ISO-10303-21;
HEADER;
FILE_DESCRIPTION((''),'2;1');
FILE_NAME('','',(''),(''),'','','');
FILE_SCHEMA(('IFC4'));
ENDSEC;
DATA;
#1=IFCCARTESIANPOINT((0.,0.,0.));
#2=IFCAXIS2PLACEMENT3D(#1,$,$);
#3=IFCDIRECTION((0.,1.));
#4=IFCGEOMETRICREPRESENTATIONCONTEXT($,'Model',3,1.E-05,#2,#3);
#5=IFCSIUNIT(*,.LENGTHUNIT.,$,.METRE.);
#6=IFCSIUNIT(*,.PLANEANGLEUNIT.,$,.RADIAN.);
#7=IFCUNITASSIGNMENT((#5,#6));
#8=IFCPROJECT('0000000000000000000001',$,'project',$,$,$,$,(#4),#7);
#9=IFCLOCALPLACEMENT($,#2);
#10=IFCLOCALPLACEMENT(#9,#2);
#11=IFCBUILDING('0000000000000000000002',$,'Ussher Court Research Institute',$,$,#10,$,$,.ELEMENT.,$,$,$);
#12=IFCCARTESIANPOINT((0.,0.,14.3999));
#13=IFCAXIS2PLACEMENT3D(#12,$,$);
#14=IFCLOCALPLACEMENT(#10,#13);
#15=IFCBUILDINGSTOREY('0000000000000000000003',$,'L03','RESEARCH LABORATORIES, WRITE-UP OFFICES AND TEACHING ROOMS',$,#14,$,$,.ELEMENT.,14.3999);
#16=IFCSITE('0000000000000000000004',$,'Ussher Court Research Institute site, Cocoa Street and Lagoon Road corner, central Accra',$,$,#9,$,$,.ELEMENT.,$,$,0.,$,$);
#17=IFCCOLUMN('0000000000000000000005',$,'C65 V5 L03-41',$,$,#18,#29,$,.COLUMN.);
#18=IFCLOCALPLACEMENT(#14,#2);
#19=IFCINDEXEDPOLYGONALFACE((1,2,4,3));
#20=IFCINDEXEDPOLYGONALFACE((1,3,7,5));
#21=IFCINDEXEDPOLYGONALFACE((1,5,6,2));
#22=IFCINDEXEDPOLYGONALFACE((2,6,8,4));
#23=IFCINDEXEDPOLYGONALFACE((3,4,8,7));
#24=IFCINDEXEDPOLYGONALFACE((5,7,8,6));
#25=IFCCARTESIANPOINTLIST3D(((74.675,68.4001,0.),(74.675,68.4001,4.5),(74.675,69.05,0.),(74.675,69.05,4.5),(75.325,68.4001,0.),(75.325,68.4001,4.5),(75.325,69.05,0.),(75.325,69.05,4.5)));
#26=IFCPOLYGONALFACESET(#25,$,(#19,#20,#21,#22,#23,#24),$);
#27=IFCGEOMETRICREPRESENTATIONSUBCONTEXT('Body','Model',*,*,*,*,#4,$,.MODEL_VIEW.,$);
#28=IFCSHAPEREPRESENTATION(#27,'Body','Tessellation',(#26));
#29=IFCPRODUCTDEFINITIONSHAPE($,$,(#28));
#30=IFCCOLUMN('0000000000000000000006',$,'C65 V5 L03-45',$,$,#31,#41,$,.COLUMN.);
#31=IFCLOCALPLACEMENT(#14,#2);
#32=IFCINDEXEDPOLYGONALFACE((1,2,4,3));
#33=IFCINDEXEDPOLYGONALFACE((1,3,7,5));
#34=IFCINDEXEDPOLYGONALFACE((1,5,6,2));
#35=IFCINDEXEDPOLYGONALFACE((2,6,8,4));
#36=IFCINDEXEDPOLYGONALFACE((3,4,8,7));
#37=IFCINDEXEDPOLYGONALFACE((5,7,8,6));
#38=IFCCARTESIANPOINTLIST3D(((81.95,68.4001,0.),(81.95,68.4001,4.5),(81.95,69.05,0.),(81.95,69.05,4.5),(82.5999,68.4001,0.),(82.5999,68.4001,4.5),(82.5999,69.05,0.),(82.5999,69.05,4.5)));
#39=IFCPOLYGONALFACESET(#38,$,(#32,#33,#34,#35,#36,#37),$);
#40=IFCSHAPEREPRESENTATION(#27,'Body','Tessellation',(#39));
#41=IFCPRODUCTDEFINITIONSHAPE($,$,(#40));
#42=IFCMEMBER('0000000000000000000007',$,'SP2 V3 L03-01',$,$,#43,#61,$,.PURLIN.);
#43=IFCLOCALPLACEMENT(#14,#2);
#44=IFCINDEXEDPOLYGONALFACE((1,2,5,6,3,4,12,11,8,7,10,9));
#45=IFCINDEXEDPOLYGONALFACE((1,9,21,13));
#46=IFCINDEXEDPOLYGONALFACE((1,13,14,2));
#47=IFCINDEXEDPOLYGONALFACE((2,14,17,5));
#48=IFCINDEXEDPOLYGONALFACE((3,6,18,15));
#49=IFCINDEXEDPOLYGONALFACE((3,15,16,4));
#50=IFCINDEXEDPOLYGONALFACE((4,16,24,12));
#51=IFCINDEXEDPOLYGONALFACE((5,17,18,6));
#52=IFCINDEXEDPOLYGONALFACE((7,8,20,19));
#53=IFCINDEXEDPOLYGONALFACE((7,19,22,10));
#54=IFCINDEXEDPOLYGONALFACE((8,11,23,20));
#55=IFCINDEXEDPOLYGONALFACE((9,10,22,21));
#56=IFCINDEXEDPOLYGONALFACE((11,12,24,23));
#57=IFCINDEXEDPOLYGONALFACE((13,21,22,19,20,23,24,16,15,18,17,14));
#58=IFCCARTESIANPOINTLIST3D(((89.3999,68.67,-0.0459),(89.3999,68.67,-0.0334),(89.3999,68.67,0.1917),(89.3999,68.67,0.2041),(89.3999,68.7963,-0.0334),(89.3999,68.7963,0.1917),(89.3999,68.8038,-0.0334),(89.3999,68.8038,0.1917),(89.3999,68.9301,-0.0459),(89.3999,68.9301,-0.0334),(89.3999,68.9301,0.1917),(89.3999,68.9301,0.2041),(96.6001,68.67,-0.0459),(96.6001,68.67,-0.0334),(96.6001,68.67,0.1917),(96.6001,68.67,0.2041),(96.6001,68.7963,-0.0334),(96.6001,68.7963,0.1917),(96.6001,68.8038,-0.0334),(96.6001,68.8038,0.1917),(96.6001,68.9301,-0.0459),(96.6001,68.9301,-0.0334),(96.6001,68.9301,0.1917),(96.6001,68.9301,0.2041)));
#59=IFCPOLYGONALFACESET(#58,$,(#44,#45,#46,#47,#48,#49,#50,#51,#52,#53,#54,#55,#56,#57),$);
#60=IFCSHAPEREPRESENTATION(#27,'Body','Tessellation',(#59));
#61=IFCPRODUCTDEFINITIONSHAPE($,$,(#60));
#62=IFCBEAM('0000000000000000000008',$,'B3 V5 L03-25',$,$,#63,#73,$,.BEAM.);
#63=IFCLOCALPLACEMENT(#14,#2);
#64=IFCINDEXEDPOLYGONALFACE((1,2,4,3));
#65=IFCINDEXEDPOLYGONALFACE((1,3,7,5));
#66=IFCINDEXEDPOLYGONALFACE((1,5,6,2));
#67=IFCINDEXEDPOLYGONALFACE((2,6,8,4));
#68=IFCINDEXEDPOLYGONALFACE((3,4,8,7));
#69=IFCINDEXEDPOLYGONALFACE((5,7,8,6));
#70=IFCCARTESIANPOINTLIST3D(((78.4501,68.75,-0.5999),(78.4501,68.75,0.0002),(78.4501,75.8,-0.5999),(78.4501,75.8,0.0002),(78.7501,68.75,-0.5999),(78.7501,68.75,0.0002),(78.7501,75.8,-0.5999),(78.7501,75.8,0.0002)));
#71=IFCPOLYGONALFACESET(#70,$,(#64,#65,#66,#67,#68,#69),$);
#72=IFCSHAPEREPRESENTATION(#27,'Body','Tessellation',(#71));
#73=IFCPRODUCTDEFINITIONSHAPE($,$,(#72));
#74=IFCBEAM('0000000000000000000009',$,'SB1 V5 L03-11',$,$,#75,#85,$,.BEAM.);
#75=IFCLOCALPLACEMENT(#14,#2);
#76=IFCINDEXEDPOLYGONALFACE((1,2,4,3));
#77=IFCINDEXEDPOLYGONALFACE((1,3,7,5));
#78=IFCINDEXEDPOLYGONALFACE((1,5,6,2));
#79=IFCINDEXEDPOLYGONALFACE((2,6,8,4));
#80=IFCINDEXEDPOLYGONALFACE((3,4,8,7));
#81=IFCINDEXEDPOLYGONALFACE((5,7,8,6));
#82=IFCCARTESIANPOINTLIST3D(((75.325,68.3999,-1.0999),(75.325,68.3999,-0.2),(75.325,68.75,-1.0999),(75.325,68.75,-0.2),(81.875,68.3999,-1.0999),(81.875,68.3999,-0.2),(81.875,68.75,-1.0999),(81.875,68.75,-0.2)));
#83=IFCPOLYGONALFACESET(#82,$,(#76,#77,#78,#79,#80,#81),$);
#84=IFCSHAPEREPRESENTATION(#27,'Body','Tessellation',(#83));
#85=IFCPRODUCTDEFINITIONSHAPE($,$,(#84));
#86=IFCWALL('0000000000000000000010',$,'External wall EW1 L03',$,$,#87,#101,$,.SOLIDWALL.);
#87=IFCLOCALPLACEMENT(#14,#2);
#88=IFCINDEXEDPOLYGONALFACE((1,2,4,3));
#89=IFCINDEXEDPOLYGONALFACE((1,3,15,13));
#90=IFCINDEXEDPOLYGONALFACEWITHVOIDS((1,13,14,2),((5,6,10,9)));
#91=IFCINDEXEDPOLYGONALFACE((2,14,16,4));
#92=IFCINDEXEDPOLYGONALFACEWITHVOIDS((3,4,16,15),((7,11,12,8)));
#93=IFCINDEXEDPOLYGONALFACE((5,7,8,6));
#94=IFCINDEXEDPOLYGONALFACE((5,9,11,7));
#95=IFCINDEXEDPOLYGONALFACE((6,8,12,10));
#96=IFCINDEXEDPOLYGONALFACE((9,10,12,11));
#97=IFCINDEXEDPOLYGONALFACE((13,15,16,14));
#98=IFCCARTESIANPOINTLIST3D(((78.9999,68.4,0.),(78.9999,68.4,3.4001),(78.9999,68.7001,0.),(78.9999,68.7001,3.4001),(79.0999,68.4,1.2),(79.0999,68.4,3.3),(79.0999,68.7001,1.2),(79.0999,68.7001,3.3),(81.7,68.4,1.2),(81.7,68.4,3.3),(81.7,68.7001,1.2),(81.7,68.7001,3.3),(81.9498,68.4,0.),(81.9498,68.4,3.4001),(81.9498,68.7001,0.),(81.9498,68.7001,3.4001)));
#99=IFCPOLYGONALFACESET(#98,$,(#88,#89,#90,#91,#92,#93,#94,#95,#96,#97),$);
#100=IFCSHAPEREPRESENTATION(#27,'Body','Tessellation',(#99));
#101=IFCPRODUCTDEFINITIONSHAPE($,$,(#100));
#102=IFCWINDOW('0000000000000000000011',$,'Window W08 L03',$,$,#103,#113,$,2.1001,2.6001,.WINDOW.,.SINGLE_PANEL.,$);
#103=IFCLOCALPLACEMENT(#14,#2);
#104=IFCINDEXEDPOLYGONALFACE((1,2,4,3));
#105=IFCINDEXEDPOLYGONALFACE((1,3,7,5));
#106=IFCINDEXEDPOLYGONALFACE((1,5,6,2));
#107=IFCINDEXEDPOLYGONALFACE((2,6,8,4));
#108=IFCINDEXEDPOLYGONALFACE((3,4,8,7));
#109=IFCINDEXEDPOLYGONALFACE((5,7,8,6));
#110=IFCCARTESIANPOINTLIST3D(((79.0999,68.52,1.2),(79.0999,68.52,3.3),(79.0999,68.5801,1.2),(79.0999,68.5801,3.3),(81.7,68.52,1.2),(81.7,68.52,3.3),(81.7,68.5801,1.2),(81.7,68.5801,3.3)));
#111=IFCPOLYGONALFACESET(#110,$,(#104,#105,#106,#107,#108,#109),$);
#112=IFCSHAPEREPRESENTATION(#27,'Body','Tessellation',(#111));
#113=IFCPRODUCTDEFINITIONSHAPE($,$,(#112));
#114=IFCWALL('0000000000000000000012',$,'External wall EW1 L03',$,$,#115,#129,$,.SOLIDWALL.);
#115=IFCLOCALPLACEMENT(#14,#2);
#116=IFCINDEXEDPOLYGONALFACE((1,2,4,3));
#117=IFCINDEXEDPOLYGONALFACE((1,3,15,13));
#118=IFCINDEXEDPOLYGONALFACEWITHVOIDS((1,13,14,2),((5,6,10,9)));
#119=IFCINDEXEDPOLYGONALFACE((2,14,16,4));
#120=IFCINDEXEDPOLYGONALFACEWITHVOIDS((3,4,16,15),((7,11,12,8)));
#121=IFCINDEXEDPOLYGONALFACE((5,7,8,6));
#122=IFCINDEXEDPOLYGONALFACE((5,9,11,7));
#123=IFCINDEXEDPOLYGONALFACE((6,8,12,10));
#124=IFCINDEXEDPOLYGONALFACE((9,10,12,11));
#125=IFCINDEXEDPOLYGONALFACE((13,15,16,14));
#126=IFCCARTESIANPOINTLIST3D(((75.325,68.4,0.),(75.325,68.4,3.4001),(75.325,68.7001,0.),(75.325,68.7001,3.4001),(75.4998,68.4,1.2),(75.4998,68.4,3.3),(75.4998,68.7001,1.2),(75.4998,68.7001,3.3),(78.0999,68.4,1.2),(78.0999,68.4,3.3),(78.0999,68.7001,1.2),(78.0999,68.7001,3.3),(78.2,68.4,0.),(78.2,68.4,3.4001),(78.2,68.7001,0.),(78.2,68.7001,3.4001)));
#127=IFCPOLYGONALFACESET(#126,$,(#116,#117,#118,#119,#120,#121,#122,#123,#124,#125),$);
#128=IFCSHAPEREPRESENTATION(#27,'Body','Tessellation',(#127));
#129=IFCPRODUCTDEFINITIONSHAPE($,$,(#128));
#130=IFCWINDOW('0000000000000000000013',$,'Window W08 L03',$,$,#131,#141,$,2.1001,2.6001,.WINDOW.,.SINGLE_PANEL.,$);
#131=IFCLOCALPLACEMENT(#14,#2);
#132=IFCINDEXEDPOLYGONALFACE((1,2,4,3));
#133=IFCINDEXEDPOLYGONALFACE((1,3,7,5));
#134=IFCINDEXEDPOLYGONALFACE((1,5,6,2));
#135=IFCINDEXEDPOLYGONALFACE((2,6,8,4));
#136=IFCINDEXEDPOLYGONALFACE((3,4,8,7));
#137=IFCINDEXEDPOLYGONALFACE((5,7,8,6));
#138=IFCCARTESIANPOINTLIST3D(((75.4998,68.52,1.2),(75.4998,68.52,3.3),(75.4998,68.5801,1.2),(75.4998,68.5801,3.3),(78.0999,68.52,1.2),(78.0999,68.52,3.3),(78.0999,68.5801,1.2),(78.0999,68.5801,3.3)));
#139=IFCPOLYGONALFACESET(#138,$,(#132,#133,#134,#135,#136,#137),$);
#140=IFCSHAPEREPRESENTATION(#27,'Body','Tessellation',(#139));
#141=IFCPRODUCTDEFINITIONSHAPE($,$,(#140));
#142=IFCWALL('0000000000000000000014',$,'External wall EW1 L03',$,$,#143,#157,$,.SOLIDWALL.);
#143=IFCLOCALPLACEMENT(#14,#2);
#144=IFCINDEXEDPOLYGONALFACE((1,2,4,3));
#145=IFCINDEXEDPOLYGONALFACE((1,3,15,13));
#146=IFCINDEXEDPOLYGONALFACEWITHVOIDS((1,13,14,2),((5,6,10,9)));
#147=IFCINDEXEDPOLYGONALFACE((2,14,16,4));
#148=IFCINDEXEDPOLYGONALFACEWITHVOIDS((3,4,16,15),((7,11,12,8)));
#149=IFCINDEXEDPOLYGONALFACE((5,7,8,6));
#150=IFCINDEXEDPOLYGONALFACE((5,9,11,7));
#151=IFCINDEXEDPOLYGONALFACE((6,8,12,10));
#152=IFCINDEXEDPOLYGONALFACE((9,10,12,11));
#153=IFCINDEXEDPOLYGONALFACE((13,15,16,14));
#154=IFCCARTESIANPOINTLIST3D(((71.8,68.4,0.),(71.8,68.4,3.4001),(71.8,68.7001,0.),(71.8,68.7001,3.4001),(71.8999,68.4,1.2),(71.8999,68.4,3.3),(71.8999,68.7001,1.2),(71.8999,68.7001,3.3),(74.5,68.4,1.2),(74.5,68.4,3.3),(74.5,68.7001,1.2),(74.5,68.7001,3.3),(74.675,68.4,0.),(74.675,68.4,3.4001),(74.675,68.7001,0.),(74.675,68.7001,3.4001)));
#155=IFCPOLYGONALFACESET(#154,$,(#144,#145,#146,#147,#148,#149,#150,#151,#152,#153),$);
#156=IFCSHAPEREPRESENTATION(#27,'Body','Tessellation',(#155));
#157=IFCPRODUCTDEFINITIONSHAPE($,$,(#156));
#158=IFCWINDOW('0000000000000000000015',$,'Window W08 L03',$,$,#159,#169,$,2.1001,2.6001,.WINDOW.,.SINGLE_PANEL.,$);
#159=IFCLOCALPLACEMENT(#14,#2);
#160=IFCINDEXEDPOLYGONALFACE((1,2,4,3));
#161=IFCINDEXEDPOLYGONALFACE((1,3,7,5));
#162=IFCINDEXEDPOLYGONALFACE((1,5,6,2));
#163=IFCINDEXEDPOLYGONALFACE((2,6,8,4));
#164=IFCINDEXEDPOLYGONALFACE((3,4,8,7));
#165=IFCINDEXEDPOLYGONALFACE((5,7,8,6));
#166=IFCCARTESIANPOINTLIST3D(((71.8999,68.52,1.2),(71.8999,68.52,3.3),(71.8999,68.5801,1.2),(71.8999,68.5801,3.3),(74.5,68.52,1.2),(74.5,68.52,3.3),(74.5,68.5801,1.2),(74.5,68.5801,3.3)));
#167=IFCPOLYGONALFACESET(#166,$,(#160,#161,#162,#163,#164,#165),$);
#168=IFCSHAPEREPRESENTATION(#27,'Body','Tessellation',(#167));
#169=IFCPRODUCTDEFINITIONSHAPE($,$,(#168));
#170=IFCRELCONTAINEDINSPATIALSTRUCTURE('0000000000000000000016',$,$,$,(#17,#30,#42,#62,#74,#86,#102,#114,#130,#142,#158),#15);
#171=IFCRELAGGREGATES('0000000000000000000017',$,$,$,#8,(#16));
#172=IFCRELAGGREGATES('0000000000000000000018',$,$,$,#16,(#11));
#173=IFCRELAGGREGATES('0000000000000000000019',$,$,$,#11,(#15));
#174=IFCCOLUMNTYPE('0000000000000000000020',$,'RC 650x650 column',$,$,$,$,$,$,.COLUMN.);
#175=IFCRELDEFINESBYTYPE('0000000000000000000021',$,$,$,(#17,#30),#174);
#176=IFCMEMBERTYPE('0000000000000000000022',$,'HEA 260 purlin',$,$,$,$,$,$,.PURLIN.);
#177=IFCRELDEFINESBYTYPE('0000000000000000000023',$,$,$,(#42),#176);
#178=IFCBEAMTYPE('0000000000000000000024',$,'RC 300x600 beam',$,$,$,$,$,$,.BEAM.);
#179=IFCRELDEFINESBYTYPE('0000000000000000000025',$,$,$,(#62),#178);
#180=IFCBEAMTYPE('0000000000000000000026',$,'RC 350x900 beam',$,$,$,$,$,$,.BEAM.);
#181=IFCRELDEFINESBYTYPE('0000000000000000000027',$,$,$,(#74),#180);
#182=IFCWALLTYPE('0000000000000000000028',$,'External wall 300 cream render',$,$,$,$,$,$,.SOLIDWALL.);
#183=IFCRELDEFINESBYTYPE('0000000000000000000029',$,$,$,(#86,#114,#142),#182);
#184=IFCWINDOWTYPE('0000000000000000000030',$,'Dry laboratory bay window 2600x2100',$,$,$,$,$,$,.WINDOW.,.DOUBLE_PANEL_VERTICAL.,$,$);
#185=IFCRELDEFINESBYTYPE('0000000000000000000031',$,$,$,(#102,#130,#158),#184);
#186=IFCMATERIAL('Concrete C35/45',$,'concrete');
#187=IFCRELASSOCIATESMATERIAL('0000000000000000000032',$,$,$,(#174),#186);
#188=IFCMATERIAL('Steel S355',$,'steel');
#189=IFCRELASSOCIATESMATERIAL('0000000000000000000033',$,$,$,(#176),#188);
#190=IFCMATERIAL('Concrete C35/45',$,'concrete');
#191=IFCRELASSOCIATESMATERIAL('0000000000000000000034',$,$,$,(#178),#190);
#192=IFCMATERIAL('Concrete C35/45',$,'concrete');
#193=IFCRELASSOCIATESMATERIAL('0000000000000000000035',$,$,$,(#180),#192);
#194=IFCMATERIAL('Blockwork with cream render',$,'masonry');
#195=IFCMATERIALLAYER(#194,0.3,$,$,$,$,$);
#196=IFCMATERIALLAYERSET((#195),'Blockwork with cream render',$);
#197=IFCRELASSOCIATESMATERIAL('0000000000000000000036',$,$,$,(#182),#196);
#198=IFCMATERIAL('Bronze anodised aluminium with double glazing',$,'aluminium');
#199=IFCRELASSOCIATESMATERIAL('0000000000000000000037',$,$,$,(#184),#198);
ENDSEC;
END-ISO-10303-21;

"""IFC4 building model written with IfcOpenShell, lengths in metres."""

from ifc_helpers import new_model, si_unit, direction, frame, frame_2d, origin, origin_2d, place, context, subcontext, project, spatial, rectangle, i_section, extrude, material, layer, layer_set, material_profile, profile_set, type_object, element, fill, save


model = new_model("IFC4")

# Units and contexts
model_context = context("Model", 3, precision=1e-05, world=origin(), true_north=direction((0.0, 1.0)))
body_context = subcontext(model_context, "Body", "Model", "MODEL_VIEW")
ifc_project = project(units=[si_unit("LENGTHUNIT", "METRE"), si_unit("PLANEANGLEUNIT", "RADIAN")], contexts=[model_context])

# Site, building, storey
site_placement = place(None, origin())
site = spatial("IfcSite", under=ifc_project, at=site_placement, Name="Ussher Court Research Institute site, Cocoa Street and Lagoon Road corner, central Accra", CompositionType="ELEMENT", RefElevation=0.0)
building_placement = place(site_placement, origin())
building = spatial("IfcBuilding", under=site, at=building_placement, Name="Ussher Court Research Institute", CompositionType="ELEMENT")
storey_placement = place(building_placement, frame((0.0, 0.0, 14.3999)))
storey = spatial("IfcBuildingStorey", under=building, at=storey_placement, Name="L03", Description="RESEARCH LABORATORIES, WRITE-UP OFFICES AND TEACHING ROOMS", CompositionType="ELEMENT", Elevation=14.3999)

# Columns
ifc_material_1 = material(Name="Concrete C35/45", Category="concrete")
ifc_material_profile_1 = material_profile(ifc_material_1, rectangle(XDim=0.6499, YDim=0.6499, at=origin_2d()), Name="RC 650x650")
ifc_profile_set_1 = profile_set([ifc_material_profile_1], Name="Concrete C35/45")
column_type = type_object("IfcColumnType", Name="RC 650x650 column", PredefinedType="COLUMN", material=ifc_profile_set_1)
for number, where, z_axis, x_axis, name in (
    (1, (75.0, 68.7251, 0.0), (0.0, 0.0, 1.0), (1.0, 0.0, 0.0), "C65 V5 L03-41"),
    (2, (82.2749, 68.7251, 0.0), (0.0, 0.0, 1.0), (1.0, 0.0, 0.0), "C65 V5 L03-45"),
):
    element("IfcColumn", number, at=place(storey_placement, frame(where, z_axis=z_axis, x_axis=x_axis)), inside=storey, type_object=column_type, Name=name, PredefinedType="COLUMN", context=body_context, shape_type="SweptSolid", body=[
        extrude(rectangle(XDim=0.6499, YDim=0.6499, at=origin_2d()), origin(), (0.0, 0.0, 1.0), 4.5),
    ])

# Member
ifc_material_2 = material(Name="Steel S355", Category="steel")
ifc_material_profile_2 = material_profile(ifc_material_2, i_section(OverallWidth=0.26, OverallDepth=0.25, WebThickness=0.0076, FlangeThickness=0.0125, at=origin_2d()), Name="HEA 260")
ifc_profile_set_2 = profile_set([ifc_material_profile_2], Name="Steel S355")
member_type = type_object("IfcMemberType", Name="HEA 260 purlin", PredefinedType="PURLIN", material=ifc_profile_set_2)
member_placement = place(storey_placement, frame((89.3999, 68.8, 0.0791), z_axis=(1.0, 0.0, 0.0), x_axis=(0.0, 1.0, 0.0)))
element("IfcMember", 3, at=member_placement, inside=storey, type_object=member_type, Name="SP2 V3 L03-01", PredefinedType="PURLIN", context=body_context, shape_type="SweptSolid", body=[
    extrude(i_section(OverallWidth=0.26, OverallDepth=0.25, WebThickness=0.0076, FlangeThickness=0.0125, at=origin_2d()), origin(), (0.0, 0.0, 1.0), 7.2002),
])

# Beams
ifc_material_3 = material(Name="Concrete C35/45", Category="concrete")
ifc_material_profile_3 = material_profile(ifc_material_3, rectangle(XDim=0.3, YDim=0.6001, at=origin_2d()), Name="RC 300x600")
ifc_profile_set_3 = profile_set([ifc_material_profile_3], Name="Concrete C35/45")
beam_type_1 = type_object("IfcBeamType", Name="RC 300x600 beam", PredefinedType="BEAM", material=ifc_profile_set_3)
beam_1_placement = place(storey_placement, frame((78.6001, 68.75, -0.2998), z_axis=(0.0, 1.0, 0.0), x_axis=(-1.0, 0.0, 0.0)))
element("IfcBeam", 4, at=beam_1_placement, inside=storey, type_object=beam_type_1, Name="B3 V5 L03-25", PredefinedType="BEAM", context=body_context, shape_type="SweptSolid", body=[
    extrude(rectangle(XDim=0.3, YDim=0.6001, at=origin_2d()), origin(), (0.0, 0.0, 1.0), 7.05),
])
ifc_material_4 = material(Name="Concrete C35/45", Category="concrete")
ifc_material_profile_4 = material_profile(ifc_material_4, rectangle(XDim=0.3501, YDim=0.8999, at=origin_2d()), Name="RC 350x900")
ifc_profile_set_4 = profile_set([ifc_material_profile_4], Name="Concrete C35/45")
beam_type_2 = type_object("IfcBeamType", Name="RC 350x900 beam", PredefinedType="BEAM", material=ifc_profile_set_4)
beam_2_placement = place(storey_placement, frame((75.325, 68.575, -0.6499), z_axis=(1.0, 0.0, 0.0), x_axis=(0.0, 1.0, 0.0)))
element("IfcBeam", 5, at=beam_2_placement, inside=storey, type_object=beam_type_2, Name="SB1 V5 L03-11", PredefinedType="BEAM", context=body_context, shape_type="SweptSolid", body=[
    extrude(rectangle(XDim=0.3501, YDim=0.8999, at=origin_2d()), origin(), (0.0, 0.0, 1.0), 6.55),
])

# Walls, openings, windows
ifc_material_5 = material(Name="Blockwork with cream render", Category="masonry")
ifc_layer_1 = layer(ifc_material_5, 0.3)
ifc_layer_set_1 = layer_set([ifc_layer_1], Name="Blockwork with cream render")
wall_type_1 = type_object("IfcWallType", Name="External wall 300 cream render", PredefinedType="SOLIDWALL", material=ifc_layer_set_1)
wall_1_placement = place(storey_placement, frame((81.95, 68.55, 0.0), z_axis=(0.0, 0.0, 1.0), x_axis=(-1.0, 0.0, 0.0)))
wall_1 = element("IfcWall", 6, at=wall_1_placement, inside=storey, type_object=wall_type_1, Name="External wall EW1 L03", PredefinedType="SOLIDWALL", context=body_context, shape_type="SweptSolid", body=[
    extrude(rectangle(XDim=2.95, YDim=0.3, at=frame_2d((1.4751, 0.0))), origin(), (0.0, 0.0, 1.0), 3.4001),
])
opening_1_placement = place(wall_1_placement, frame((0.25, 0.0, 1.2)))
opening_1 = element("IfcOpeningElement", 7, at=opening_1_placement, cuts=wall_1, PredefinedType="OPENING", context=body_context, shape_type="SweptSolid", body=[
    extrude(rectangle(XDim=2.6001, YDim=2.1001, at=frame_2d((1.3, 1.05))), frame((0.0, 0.1602, 0.0), z_axis=(0.0, -1.0, 0.0), x_axis=(1.0, 0.0, 0.0)), (0.0, 0.0, 1.0), 0.3201),
])
ifc_material_6 = material(Name="Bronze anodised aluminium with double glazing", Category="aluminium")
window_type = type_object("IfcWindowType", Name="Dry laboratory bay window 2600x2100", PartitioningType="DOUBLE_PANEL_VERTICAL", PredefinedType="WINDOW", material=ifc_material_6)
window_1_placement = place(opening_1_placement, origin())
window_1 = element("IfcWindow", 8, at=window_1_placement, inside=storey, type_object=window_type, Name="Window W08 L03", OverallHeight=2.1001, OverallWidth=2.6001, PartitioningType="SINGLE_PANEL", PredefinedType="WINDOW", context=body_context, shape_type="SweptSolid", body=[
    extrude(rectangle(XDim=2.6001, YDim=2.1001, at=frame_2d((1.3, 1.05))), frame((0.0, 0.03, 0.0), z_axis=(0.0, -1.0, 0.0), x_axis=(1.0, 0.0, 0.0)), (0.0, 0.0, 1.0), 0.0601),
])
fill(opening_1, window_1)
wall_2_placement = place(storey_placement, frame((78.2, 68.55, 0.0), z_axis=(0.0, 0.0, 1.0), x_axis=(-1.0, 0.0, 0.0)))
wall_2 = element("IfcWall", 9, at=wall_2_placement, inside=storey, type_object=wall_type_1, Name="External wall EW1 L03", PredefinedType="SOLIDWALL", context=body_context, shape_type="SweptSolid", body=[
    extrude(rectangle(XDim=2.875, YDim=0.3, at=frame_2d((1.4375, 0.0))), origin(), (0.0, 0.0, 1.0), 3.4001),
])
opening_2_placement = place(wall_2_placement, frame((0.1001, 0.0, 1.2)))
opening_2 = element("IfcOpeningElement", 10, at=opening_2_placement, cuts=wall_2, PredefinedType="OPENING", context=body_context, shape_type="SweptSolid", body=[
    extrude(rectangle(XDim=2.6001, YDim=2.1001, at=frame_2d((1.3, 1.05))), frame((0.0, 0.1602, 0.0), z_axis=(0.0, -1.0, 0.0), x_axis=(1.0, 0.0, 0.0)), (0.0, 0.0, 1.0), 0.3201),
])
window_2_placement = place(opening_2_placement, origin())
window_2 = element("IfcWindow", 11, at=window_2_placement, inside=storey, type_object=window_type, Name="Window W08 L03", OverallHeight=2.1001, OverallWidth=2.6001, PartitioningType="SINGLE_PANEL", PredefinedType="WINDOW", context=body_context, shape_type="SweptSolid", body=[
    extrude(rectangle(XDim=2.6001, YDim=2.1001, at=frame_2d((1.3, 1.05))), frame((0.0, 0.03, 0.0), z_axis=(0.0, -1.0, 0.0), x_axis=(1.0, 0.0, 0.0)), (0.0, 0.0, 1.0), 0.0601),
])
fill(opening_2, window_2)
wall_3_placement = place(storey_placement, frame((74.675, 68.55, 0.0), z_axis=(0.0, 0.0, 1.0), x_axis=(-1.0, 0.0, 0.0)))
wall_3 = element("IfcWall", 12, at=wall_3_placement, inside=storey, type_object=wall_type_1, Name="External wall EW1 L03", PredefinedType="SOLIDWALL", context=body_context, shape_type="SweptSolid", body=[
    extrude(rectangle(XDim=2.875, YDim=0.3, at=frame_2d((1.4375, 0.0))), origin(), (0.0, 0.0, 1.0), 3.4001),
])
opening_3_placement = place(wall_3_placement, frame((0.175, 0.0, 1.2)))
opening_3 = element("IfcOpeningElement", 13, at=opening_3_placement, cuts=wall_3, PredefinedType="OPENING", context=body_context, shape_type="SweptSolid", body=[
    extrude(rectangle(XDim=2.6001, YDim=2.1001, at=frame_2d((1.3, 1.05))), frame((0.0, 0.1602, 0.0), z_axis=(0.0, -1.0, 0.0), x_axis=(1.0, 0.0, 0.0)), (0.0, 0.0, 1.0), 0.3201),
])
window_3_placement = place(opening_3_placement, origin())
window_3 = element("IfcWindow", 14, at=window_3_placement, inside=storey, type_object=window_type, Name="Window W08 L03", OverallHeight=2.1001, OverallWidth=2.6001, PartitioningType="SINGLE_PANEL", PredefinedType="WINDOW", context=body_context, shape_type="SweptSolid", body=[
    extrude(rectangle(XDim=2.6001, YDim=2.1001, at=frame_2d((1.3, 1.05))), frame((0.0, 0.03, 0.0), z_axis=(0.0, -1.0, 0.0), x_axis=(1.0, 0.0, 0.0)), (0.0, 0.0, 1.0), 0.0601),
])
fill(opening_3, window_3)

save(model, "model.ifc")
